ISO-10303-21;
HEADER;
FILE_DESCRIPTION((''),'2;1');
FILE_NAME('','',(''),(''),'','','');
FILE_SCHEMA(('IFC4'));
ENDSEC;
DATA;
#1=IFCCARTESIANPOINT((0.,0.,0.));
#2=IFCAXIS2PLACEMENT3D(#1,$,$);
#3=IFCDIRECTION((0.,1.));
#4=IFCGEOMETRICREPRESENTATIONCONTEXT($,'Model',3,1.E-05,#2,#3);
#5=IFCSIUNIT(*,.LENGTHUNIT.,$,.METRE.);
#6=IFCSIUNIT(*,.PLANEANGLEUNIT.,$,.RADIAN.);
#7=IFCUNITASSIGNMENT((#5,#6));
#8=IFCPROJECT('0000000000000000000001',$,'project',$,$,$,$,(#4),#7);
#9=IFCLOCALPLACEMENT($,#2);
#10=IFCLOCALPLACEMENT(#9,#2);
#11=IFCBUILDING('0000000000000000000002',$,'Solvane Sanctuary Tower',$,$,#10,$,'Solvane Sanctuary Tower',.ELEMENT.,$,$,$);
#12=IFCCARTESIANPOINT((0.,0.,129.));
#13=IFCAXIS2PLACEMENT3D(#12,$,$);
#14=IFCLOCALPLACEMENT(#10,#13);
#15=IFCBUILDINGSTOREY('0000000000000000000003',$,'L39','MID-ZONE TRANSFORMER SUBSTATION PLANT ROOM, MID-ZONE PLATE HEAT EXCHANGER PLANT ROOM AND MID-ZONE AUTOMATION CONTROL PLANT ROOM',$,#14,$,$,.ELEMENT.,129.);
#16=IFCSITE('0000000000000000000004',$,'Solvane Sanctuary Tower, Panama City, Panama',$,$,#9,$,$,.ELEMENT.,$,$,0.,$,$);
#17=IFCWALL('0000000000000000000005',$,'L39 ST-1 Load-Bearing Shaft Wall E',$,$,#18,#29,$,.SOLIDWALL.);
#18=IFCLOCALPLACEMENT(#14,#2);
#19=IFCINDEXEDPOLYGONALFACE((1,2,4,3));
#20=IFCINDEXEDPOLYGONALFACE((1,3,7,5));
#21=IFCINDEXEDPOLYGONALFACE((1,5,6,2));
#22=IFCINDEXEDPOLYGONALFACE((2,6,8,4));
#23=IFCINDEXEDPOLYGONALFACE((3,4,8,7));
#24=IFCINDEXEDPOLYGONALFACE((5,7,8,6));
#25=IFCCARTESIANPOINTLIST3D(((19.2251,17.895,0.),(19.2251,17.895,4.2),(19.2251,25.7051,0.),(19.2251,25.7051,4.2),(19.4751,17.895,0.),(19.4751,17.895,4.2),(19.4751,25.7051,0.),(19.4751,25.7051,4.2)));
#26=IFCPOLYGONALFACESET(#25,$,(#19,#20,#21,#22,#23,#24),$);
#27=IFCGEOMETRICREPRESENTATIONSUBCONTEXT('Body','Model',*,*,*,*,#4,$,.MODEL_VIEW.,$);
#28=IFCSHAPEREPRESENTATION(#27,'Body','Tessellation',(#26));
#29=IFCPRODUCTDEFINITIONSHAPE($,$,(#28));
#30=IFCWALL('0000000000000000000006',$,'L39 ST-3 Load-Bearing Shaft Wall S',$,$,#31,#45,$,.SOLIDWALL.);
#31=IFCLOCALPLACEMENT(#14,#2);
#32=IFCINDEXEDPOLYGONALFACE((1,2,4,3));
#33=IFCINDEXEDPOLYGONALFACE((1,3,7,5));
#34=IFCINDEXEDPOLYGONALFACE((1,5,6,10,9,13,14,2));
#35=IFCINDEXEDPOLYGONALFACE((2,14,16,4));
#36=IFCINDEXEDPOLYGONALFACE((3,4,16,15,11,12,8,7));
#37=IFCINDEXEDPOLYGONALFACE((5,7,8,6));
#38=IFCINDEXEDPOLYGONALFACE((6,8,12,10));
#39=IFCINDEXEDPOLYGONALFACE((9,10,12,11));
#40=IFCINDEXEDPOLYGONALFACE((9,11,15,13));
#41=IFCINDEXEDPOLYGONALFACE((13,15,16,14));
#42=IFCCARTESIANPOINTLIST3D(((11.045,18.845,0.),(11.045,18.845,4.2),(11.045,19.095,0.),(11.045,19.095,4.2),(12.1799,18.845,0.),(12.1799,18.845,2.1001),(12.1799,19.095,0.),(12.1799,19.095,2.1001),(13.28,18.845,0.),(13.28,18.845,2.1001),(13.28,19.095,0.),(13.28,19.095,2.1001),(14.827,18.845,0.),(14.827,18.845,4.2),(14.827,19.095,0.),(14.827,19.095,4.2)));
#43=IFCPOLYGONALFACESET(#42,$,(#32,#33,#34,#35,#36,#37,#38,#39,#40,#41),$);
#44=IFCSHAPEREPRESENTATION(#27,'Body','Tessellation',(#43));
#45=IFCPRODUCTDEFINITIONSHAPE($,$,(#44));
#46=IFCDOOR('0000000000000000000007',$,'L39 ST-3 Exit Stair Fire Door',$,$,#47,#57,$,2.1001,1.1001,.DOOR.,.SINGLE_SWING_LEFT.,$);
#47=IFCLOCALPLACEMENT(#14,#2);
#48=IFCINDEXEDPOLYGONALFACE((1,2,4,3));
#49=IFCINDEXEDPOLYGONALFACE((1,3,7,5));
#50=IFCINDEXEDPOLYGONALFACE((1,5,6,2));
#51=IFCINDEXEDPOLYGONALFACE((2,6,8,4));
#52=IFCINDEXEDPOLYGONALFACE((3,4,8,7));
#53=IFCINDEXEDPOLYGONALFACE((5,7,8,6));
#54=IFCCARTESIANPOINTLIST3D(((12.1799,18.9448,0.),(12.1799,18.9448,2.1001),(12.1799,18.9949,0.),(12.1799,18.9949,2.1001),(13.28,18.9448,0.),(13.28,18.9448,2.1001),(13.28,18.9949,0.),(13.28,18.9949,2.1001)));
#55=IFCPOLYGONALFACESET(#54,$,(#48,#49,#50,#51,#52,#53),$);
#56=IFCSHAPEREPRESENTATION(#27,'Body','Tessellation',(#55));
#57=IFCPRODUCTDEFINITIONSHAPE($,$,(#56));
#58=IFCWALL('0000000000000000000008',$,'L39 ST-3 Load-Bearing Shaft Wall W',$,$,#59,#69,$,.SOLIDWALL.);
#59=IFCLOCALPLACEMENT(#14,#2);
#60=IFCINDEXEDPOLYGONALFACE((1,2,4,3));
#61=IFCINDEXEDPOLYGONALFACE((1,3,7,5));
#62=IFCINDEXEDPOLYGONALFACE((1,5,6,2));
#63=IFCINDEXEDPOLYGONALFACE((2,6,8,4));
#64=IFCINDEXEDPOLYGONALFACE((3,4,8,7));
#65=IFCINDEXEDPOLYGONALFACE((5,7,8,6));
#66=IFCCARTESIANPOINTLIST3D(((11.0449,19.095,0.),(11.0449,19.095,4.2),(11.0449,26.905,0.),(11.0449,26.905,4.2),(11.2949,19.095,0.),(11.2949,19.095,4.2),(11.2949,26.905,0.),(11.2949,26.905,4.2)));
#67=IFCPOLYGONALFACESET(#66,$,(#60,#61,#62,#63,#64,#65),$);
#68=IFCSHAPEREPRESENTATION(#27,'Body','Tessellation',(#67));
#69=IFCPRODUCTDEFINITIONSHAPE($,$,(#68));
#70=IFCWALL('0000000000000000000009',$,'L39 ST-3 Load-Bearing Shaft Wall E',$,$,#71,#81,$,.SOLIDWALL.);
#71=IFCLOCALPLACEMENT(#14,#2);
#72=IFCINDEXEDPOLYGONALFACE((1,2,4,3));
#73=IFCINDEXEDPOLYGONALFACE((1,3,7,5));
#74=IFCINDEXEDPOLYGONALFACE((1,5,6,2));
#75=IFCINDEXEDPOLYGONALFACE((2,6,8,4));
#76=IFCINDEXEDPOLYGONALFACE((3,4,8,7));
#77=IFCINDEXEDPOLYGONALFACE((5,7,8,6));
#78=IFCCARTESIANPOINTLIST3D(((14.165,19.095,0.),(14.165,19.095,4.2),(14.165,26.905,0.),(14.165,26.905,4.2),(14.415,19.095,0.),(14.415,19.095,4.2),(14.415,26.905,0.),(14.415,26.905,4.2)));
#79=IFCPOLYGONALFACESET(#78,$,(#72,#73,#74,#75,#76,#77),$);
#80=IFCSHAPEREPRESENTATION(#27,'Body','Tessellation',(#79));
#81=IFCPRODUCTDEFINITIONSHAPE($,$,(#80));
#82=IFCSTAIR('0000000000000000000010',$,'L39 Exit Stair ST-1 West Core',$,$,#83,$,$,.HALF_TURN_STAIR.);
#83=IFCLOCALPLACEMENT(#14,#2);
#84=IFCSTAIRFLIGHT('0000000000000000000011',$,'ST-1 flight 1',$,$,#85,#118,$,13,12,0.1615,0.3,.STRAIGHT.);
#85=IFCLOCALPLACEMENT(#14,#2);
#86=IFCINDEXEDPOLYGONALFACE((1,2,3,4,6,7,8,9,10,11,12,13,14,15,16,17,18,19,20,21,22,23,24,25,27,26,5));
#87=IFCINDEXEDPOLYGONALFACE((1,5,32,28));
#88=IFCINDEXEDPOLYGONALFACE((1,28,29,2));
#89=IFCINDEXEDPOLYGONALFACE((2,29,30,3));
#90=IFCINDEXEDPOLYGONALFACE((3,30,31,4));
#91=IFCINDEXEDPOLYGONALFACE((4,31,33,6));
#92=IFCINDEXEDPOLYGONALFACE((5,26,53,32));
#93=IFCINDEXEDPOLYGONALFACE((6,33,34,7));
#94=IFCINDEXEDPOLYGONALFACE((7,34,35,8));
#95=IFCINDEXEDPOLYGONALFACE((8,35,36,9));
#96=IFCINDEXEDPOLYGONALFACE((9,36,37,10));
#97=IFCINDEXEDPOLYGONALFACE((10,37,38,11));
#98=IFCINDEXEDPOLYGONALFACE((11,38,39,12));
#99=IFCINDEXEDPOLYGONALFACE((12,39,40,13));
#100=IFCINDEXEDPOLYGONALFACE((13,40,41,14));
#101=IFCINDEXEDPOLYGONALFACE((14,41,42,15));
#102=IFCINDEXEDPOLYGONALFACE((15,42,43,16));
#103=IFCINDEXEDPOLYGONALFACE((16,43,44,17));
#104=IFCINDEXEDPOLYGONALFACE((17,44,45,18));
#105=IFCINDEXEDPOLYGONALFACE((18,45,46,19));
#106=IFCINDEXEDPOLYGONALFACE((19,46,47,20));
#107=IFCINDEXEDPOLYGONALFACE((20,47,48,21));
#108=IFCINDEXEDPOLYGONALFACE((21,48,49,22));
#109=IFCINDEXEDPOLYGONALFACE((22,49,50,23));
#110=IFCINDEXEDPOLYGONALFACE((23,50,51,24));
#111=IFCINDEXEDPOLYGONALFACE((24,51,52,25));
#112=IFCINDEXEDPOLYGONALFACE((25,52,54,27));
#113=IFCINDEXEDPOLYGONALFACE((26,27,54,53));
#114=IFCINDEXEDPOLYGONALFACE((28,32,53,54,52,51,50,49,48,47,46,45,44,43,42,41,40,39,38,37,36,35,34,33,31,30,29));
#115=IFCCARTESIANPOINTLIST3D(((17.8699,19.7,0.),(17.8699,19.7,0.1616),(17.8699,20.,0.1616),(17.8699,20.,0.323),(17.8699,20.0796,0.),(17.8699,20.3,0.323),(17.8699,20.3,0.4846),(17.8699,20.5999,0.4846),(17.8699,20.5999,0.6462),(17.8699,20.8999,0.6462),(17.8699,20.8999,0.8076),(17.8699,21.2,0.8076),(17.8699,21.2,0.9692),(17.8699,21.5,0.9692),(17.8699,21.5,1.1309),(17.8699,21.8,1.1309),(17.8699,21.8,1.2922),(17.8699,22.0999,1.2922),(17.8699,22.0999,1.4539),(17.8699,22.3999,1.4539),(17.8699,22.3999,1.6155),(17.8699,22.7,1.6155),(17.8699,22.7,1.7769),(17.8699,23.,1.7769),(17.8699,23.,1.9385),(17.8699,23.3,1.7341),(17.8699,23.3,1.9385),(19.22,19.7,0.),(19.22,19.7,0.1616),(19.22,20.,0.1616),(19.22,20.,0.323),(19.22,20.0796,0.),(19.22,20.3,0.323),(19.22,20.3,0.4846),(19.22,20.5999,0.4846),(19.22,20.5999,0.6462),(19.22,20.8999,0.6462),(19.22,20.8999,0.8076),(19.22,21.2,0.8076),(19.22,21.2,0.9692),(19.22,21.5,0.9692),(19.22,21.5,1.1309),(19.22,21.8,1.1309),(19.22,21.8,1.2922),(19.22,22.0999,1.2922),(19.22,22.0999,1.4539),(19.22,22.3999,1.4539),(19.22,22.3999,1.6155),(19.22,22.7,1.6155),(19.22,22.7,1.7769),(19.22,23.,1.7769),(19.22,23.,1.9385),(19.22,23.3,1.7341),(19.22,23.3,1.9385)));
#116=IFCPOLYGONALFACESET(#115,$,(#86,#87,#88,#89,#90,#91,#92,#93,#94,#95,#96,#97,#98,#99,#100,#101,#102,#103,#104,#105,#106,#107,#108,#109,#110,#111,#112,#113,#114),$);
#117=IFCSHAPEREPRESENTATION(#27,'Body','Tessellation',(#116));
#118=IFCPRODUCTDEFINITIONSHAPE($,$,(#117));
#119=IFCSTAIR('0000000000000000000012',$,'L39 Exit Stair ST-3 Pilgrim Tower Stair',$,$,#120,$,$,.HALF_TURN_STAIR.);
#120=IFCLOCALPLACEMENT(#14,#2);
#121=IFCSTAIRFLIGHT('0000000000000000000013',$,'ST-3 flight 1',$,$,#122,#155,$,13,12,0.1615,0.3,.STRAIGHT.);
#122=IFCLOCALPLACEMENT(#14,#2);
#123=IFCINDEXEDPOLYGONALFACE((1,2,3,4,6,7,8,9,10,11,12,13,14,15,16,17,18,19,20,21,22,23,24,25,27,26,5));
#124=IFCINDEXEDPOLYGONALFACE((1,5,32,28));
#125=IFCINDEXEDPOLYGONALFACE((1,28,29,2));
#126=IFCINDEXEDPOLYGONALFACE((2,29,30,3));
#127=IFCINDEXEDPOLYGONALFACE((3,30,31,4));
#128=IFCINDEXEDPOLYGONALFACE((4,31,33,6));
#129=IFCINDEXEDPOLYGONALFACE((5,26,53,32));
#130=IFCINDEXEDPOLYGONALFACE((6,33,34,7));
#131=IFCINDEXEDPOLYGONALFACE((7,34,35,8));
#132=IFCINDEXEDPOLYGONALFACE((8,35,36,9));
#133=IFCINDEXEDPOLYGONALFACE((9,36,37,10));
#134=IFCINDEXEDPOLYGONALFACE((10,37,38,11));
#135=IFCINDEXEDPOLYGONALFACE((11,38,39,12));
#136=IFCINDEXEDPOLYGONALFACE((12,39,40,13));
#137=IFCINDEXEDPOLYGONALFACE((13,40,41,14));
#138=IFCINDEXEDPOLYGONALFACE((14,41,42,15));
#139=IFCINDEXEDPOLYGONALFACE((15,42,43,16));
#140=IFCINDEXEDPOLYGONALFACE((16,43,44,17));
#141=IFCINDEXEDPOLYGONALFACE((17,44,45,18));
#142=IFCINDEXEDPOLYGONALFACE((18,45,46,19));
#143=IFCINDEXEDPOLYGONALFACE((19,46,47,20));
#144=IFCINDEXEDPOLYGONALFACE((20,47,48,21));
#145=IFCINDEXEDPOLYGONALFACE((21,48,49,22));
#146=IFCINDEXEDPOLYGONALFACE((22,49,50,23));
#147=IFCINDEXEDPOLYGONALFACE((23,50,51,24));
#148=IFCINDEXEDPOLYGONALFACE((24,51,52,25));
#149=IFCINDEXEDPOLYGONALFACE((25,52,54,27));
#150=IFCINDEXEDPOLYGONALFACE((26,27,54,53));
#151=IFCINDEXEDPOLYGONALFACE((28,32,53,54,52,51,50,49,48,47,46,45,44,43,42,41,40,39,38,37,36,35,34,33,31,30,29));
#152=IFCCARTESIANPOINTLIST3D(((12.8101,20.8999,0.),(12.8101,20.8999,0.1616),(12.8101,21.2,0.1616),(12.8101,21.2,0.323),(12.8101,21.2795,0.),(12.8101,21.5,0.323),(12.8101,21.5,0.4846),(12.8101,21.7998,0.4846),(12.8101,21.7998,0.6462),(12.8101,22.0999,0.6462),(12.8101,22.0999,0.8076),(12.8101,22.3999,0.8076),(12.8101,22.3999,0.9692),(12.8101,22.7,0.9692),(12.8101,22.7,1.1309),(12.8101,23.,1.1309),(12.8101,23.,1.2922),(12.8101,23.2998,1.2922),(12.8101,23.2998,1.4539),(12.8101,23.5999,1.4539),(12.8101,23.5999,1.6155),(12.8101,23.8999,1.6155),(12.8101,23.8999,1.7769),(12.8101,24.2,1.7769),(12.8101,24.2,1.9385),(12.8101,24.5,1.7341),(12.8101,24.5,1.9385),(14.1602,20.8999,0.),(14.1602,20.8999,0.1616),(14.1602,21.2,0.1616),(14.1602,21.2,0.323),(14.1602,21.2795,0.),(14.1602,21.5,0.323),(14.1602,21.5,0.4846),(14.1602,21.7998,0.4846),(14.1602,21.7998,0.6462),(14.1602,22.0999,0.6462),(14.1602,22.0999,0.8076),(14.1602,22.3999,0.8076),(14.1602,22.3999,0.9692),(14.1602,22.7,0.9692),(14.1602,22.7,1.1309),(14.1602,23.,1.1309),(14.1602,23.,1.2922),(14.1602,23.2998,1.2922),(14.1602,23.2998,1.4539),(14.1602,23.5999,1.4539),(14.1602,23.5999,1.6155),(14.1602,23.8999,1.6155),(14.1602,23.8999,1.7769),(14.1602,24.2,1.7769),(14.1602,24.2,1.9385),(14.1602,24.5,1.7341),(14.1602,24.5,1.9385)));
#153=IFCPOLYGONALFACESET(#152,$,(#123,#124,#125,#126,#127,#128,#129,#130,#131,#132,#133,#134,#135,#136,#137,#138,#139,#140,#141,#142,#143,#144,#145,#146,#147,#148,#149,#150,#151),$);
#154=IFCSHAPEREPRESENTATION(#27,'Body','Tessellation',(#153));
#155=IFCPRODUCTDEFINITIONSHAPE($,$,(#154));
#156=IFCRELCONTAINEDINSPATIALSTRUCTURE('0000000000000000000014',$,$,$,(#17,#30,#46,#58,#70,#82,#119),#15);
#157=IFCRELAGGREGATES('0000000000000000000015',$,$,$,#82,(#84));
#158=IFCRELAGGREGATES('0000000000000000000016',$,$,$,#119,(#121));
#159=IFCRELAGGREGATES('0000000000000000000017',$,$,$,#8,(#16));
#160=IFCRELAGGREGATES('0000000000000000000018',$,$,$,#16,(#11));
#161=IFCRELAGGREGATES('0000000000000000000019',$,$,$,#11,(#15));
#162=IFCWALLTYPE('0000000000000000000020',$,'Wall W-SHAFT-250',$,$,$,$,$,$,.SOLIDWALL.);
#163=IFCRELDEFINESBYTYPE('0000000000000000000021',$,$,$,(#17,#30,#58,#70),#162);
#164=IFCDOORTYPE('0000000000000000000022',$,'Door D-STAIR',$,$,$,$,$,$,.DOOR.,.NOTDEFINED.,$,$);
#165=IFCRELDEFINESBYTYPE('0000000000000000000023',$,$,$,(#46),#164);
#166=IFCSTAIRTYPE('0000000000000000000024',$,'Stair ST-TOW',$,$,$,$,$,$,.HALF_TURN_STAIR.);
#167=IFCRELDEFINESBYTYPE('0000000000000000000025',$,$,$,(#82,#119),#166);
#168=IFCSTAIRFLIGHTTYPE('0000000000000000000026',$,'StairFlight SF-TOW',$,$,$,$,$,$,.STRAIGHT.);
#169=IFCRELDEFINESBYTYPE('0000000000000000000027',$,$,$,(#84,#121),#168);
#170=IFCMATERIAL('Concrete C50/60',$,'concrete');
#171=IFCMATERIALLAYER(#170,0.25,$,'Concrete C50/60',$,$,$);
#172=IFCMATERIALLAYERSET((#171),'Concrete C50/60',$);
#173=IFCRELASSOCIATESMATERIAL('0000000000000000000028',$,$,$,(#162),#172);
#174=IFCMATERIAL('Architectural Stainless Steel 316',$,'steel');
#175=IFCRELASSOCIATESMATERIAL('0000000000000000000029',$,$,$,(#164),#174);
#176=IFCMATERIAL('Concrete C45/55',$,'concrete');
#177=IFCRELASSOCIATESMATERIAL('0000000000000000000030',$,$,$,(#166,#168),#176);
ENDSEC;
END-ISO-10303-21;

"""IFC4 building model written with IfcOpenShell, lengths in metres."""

from ifc_helpers import new_model, si_unit, direction, frame, frame_2d, origin, place, context, subcontext, project, spatial, polyline, rectangle, outline, extrude, material, layer, layer_set, type_object, element, fill, aggregate, save


model = new_model("IFC4")

# Units and contexts
model_context = context("Model", 3, precision=1e-05, world=origin(), true_north=direction((0.0, 1.0)))
body_context = subcontext(model_context, "Body", "Model", "MODEL_VIEW")
ifc_project = project(units=[si_unit("LENGTHUNIT", "METRE"), si_unit("PLANEANGLEUNIT", "RADIAN")], contexts=[model_context])

# Site, building, storey
site_placement = place(None, origin())
site = spatial("IfcSite", under=ifc_project, at=site_placement, Name="Solvane Sanctuary Tower, Panama City, Panama", CompositionType="ELEMENT", RefElevation=0.0)
building_placement = place(site_placement, origin())
building = spatial("IfcBuilding", under=site, at=building_placement, Name="Solvane Sanctuary Tower", LongName="Solvane Sanctuary Tower", CompositionType="ELEMENT")
storey_placement = place(building_placement, frame((0.0, 0.0, 129.0)))
storey = spatial("IfcBuildingStorey", under=building, at=storey_placement, Name="L39", Description="MID-ZONE TRANSFORMER SUBSTATION PLANT ROOM, MID-ZONE PLATE HEAT EXCHANGER PLANT ROOM AND MID-ZONE AUTOMATION CONTROL PLANT ROOM", CompositionType="ELEMENT", Elevation=129.0)

# Shared definitions
ifc_material_1 = material(Name="Architectural Stainless Steel 316", Category="steel")

# Shared definitions
ifc_material_2 = material(Name="Concrete C50/60", Category="concrete")

# Shared definitions
ifc_layer_1 = layer(ifc_material_2, 0.25, Name="Concrete C50/60")
ifc_layer_set_1 = layer_set([ifc_layer_1], Name="Concrete C50/60")
wall_type_1 = type_object("IfcWallType", Name="Wall W-SHAFT-250", PredefinedType="SOLIDWALL", material=ifc_layer_set_1)
door_type_1 = type_object("IfcDoorType", Name="Door D-STAIR", OperationType="NOTDEFINED", PredefinedType="DOOR", material=ifc_material_1)

# Wall
for number, where, z_axis, x_axis, name in (
    (1, (19.3501, 17.895, 0.0), (0.0, 0.0, 1.0), (0.0, 1.0, 0.0), "L39 ST-1 Load-Bearing Shaft Wall E"),
):
    element("IfcWall", number, at=place(storey_placement, frame(where, z_axis=z_axis, x_axis=x_axis)), inside=storey, type_object=wall_type_1, Name=name, PredefinedType="SOLIDWALL", context=body_context, shape_type="SweptSolid", body=[
        extrude(rectangle(XDim=7.8101, YDim=0.25, at=frame_2d((3.905, 0.0))), origin(), (0.0, 0.0, 1.0), 4.2),
    ])

# Wall, opening, door
wall_1_placement = place(storey_placement, frame((11.0449, 18.97, 0.0), z_axis=(0.0, 0.0, 1.0), x_axis=(1.0, 0.0, 0.0)))
wall_1 = element("IfcWall", 2, at=wall_1_placement, inside=storey, type_object=wall_type_1, Name="L39 ST-3 Load-Bearing Shaft Wall S", PredefinedType="SOLIDWALL", context=body_context, shape_type="SweptSolid", body=[
    extrude(rectangle(XDim=3.782, YDim=0.25, at=frame_2d((1.8911, 0.0))), origin(), (0.0, 0.0, 1.0), 4.2),
])
opening_1_placement = place(wall_1_placement, frame((1.135, 0.0, 0.0)))
opening_1 = element("IfcOpeningElement", 3, at=opening_1_placement, cuts=wall_1, PredefinedType="OPENING", context=body_context, shape_type="SweptSolid", body=[
    extrude(rectangle(XDim=1.1001, YDim=2.1001, at=frame_2d((0.55, 1.05))), frame((0.0, 0.135, 0.0), z_axis=(0.0, -1.0, 0.0), x_axis=(1.0, 0.0, 0.0)), (0.0, 0.0, 1.0), 0.27),
])
door_1_placement = place(opening_1_placement, origin())
door_1 = element("IfcDoor", 4, at=door_1_placement, inside=storey, type_object=door_type_1, Name="L39 ST-3 Exit Stair Fire Door", OperationType="SINGLE_SWING_LEFT", OverallHeight=2.1001, OverallWidth=1.1001, PredefinedType="DOOR", context=body_context, shape_type="SweptSolid", body=[
    extrude(rectangle(XDim=1.1001, YDim=2.1001, at=frame_2d((0.55, 1.05))), frame((0.0, 0.0249, 0.0), z_axis=(0.0, -1.0, 0.0), x_axis=(1.0, 0.0, 0.0)), (0.0, 0.0, 1.0), 0.05),
])
fill(opening_1, door_1)

# Walls
for number, where, z_axis, x_axis, name in (
    (5, (11.1699, 19.095, 0.0), (0.0, 0.0, 1.0), (0.0, 1.0, 0.0), "L39 ST-3 Load-Bearing Shaft Wall W"),
    (6, (14.29, 19.095, 0.0), (0.0, 0.0, 1.0), (0.0, 1.0, 0.0), "L39 ST-3 Load-Bearing Shaft Wall E"),
):
    element("IfcWall", number, at=place(storey_placement, frame(where, z_axis=z_axis, x_axis=x_axis)), inside=storey, type_object=wall_type_1, Name=name, PredefinedType="SOLIDWALL", context=body_context, shape_type="SweptSolid", body=[
        extrude(rectangle(XDim=7.8101, YDim=0.25, at=frame_2d((3.905, 0.0))), origin(), (0.0, 0.0, 1.0), 4.2),
    ])

# Stairs, stair flights
ifc_material_3 = material(Name="Concrete C45/55", Category="concrete")
stair_type = type_object("IfcStairType", Name="Stair ST-TOW", PredefinedType="HALF_TURN_STAIR", material=ifc_material_3)
stair_1_placement = place(storey_placement, origin())
stair_1 = element("IfcStair", 7, at=stair_1_placement, inside=storey, type_object=stair_type, Name="L39 Exit Stair ST-1 West Core", PredefinedType="HALF_TURN_STAIR")
stair_flight_type = type_object("IfcStairFlightType", Name="StairFlight SF-TOW", PredefinedType="STRAIGHT", material=ifc_material_3)
stair_flight_1_placement = place(storey_placement, frame((18.5449, 19.7, 0.0), z_axis=(0.0, 0.0, 1.0), x_axis=(0.0, 1.0, 0.0)))
stair_flight_1 = element("IfcStairFlight", 8, at=stair_flight_1_placement, type_object=stair_flight_type, Name="ST-1 flight 1", NumberOfRisers=13, NumberOfTreads=12, PredefinedType="STRAIGHT", RiserHeight=0.1615, TreadLength=0.3, context=body_context, shape_type="SweptSolid", body=[
    extrude(outline(polyline([(0.0, 0.0), (0.0, 0.1616), (0.3, 0.1616), (0.3, 0.323), (0.6001, 0.323), (0.6001, 0.4846), (0.8999, 0.4846), (0.8999, 0.6462), (1.2, 0.6462), (1.2, 0.8076), (1.5, 0.8076), (1.5, 0.9692), (1.8, 0.9692), (1.8, 1.1309), (2.1001, 1.1309), (2.1001, 1.2922), (2.3999, 1.2922), (2.3999, 1.4539), (2.7, 1.4539), (2.7, 1.6155), (3.0, 1.6155), (3.0, 1.7769), (3.3, 1.7769), (3.3, 1.9385), (3.6001, 1.9385), (3.6001, 2.1001), (3.6001, 1.7341), (0.3796, 0.0), (0.0, 0.0)])), frame((0.0, 0.675, 0.0), z_axis=(0.0, -1.0, 0.0), x_axis=(1.0, 0.0, 0.0)), (0.0, 0.0, 1.0), 1.3501),
])
aggregate(stair_1, [stair_flight_1])
stair_2_placement = place(storey_placement, origin())
stair_2 = element("IfcStair", 9, at=stair_2_placement, inside=storey, type_object=stair_type, Name="L39 Exit Stair ST-3 Pilgrim Tower Stair", PredefinedType="HALF_TURN_STAIR")
stair_flight_2_placement = place(storey_placement, frame((13.4851, 20.8999, 0.0), z_axis=(0.0, 0.0, 1.0), x_axis=(0.0, 1.0, 0.0)))
stair_flight_2 = element("IfcStairFlight", 10, at=stair_flight_2_placement, type_object=stair_flight_type, Name="ST-3 flight 1", NumberOfRisers=13, NumberOfTreads=12, PredefinedType="STRAIGHT", RiserHeight=0.1615, TreadLength=0.3, context=body_context, shape_type="SweptSolid", body=[
    extrude(outline(polyline([(0.0, 0.0), (0.0, 0.1616), (0.3, 0.1616), (0.3, 0.323), (0.6001, 0.323), (0.6001, 0.4846), (0.8999, 0.4846), (0.8999, 0.6462), (1.2, 0.6462), (1.2, 0.8076), (1.5, 0.8076), (1.5, 0.9692), (1.8, 0.9692), (1.8, 1.1309), (2.1001, 1.1309), (2.1001, 1.2922), (2.3999, 1.2922), (2.3999, 1.4539), (2.7, 1.4539), (2.7, 1.6155), (3.0, 1.6155), (3.0, 1.7769), (3.3, 1.7769), (3.3, 1.9385), (3.6001, 1.9385), (3.6001, 2.1001), (3.6001, 1.7341), (0.3796, 0.0), (0.0, 0.0)])), frame((0.0, 0.675, 0.0), z_axis=(0.0, -1.0, 0.0), x_axis=(1.0, 0.0, 0.0)), (0.0, 0.0, 1.0), 1.3501),
])
aggregate(stair_2, [stair_flight_2])

save(model, "model.ifc")
